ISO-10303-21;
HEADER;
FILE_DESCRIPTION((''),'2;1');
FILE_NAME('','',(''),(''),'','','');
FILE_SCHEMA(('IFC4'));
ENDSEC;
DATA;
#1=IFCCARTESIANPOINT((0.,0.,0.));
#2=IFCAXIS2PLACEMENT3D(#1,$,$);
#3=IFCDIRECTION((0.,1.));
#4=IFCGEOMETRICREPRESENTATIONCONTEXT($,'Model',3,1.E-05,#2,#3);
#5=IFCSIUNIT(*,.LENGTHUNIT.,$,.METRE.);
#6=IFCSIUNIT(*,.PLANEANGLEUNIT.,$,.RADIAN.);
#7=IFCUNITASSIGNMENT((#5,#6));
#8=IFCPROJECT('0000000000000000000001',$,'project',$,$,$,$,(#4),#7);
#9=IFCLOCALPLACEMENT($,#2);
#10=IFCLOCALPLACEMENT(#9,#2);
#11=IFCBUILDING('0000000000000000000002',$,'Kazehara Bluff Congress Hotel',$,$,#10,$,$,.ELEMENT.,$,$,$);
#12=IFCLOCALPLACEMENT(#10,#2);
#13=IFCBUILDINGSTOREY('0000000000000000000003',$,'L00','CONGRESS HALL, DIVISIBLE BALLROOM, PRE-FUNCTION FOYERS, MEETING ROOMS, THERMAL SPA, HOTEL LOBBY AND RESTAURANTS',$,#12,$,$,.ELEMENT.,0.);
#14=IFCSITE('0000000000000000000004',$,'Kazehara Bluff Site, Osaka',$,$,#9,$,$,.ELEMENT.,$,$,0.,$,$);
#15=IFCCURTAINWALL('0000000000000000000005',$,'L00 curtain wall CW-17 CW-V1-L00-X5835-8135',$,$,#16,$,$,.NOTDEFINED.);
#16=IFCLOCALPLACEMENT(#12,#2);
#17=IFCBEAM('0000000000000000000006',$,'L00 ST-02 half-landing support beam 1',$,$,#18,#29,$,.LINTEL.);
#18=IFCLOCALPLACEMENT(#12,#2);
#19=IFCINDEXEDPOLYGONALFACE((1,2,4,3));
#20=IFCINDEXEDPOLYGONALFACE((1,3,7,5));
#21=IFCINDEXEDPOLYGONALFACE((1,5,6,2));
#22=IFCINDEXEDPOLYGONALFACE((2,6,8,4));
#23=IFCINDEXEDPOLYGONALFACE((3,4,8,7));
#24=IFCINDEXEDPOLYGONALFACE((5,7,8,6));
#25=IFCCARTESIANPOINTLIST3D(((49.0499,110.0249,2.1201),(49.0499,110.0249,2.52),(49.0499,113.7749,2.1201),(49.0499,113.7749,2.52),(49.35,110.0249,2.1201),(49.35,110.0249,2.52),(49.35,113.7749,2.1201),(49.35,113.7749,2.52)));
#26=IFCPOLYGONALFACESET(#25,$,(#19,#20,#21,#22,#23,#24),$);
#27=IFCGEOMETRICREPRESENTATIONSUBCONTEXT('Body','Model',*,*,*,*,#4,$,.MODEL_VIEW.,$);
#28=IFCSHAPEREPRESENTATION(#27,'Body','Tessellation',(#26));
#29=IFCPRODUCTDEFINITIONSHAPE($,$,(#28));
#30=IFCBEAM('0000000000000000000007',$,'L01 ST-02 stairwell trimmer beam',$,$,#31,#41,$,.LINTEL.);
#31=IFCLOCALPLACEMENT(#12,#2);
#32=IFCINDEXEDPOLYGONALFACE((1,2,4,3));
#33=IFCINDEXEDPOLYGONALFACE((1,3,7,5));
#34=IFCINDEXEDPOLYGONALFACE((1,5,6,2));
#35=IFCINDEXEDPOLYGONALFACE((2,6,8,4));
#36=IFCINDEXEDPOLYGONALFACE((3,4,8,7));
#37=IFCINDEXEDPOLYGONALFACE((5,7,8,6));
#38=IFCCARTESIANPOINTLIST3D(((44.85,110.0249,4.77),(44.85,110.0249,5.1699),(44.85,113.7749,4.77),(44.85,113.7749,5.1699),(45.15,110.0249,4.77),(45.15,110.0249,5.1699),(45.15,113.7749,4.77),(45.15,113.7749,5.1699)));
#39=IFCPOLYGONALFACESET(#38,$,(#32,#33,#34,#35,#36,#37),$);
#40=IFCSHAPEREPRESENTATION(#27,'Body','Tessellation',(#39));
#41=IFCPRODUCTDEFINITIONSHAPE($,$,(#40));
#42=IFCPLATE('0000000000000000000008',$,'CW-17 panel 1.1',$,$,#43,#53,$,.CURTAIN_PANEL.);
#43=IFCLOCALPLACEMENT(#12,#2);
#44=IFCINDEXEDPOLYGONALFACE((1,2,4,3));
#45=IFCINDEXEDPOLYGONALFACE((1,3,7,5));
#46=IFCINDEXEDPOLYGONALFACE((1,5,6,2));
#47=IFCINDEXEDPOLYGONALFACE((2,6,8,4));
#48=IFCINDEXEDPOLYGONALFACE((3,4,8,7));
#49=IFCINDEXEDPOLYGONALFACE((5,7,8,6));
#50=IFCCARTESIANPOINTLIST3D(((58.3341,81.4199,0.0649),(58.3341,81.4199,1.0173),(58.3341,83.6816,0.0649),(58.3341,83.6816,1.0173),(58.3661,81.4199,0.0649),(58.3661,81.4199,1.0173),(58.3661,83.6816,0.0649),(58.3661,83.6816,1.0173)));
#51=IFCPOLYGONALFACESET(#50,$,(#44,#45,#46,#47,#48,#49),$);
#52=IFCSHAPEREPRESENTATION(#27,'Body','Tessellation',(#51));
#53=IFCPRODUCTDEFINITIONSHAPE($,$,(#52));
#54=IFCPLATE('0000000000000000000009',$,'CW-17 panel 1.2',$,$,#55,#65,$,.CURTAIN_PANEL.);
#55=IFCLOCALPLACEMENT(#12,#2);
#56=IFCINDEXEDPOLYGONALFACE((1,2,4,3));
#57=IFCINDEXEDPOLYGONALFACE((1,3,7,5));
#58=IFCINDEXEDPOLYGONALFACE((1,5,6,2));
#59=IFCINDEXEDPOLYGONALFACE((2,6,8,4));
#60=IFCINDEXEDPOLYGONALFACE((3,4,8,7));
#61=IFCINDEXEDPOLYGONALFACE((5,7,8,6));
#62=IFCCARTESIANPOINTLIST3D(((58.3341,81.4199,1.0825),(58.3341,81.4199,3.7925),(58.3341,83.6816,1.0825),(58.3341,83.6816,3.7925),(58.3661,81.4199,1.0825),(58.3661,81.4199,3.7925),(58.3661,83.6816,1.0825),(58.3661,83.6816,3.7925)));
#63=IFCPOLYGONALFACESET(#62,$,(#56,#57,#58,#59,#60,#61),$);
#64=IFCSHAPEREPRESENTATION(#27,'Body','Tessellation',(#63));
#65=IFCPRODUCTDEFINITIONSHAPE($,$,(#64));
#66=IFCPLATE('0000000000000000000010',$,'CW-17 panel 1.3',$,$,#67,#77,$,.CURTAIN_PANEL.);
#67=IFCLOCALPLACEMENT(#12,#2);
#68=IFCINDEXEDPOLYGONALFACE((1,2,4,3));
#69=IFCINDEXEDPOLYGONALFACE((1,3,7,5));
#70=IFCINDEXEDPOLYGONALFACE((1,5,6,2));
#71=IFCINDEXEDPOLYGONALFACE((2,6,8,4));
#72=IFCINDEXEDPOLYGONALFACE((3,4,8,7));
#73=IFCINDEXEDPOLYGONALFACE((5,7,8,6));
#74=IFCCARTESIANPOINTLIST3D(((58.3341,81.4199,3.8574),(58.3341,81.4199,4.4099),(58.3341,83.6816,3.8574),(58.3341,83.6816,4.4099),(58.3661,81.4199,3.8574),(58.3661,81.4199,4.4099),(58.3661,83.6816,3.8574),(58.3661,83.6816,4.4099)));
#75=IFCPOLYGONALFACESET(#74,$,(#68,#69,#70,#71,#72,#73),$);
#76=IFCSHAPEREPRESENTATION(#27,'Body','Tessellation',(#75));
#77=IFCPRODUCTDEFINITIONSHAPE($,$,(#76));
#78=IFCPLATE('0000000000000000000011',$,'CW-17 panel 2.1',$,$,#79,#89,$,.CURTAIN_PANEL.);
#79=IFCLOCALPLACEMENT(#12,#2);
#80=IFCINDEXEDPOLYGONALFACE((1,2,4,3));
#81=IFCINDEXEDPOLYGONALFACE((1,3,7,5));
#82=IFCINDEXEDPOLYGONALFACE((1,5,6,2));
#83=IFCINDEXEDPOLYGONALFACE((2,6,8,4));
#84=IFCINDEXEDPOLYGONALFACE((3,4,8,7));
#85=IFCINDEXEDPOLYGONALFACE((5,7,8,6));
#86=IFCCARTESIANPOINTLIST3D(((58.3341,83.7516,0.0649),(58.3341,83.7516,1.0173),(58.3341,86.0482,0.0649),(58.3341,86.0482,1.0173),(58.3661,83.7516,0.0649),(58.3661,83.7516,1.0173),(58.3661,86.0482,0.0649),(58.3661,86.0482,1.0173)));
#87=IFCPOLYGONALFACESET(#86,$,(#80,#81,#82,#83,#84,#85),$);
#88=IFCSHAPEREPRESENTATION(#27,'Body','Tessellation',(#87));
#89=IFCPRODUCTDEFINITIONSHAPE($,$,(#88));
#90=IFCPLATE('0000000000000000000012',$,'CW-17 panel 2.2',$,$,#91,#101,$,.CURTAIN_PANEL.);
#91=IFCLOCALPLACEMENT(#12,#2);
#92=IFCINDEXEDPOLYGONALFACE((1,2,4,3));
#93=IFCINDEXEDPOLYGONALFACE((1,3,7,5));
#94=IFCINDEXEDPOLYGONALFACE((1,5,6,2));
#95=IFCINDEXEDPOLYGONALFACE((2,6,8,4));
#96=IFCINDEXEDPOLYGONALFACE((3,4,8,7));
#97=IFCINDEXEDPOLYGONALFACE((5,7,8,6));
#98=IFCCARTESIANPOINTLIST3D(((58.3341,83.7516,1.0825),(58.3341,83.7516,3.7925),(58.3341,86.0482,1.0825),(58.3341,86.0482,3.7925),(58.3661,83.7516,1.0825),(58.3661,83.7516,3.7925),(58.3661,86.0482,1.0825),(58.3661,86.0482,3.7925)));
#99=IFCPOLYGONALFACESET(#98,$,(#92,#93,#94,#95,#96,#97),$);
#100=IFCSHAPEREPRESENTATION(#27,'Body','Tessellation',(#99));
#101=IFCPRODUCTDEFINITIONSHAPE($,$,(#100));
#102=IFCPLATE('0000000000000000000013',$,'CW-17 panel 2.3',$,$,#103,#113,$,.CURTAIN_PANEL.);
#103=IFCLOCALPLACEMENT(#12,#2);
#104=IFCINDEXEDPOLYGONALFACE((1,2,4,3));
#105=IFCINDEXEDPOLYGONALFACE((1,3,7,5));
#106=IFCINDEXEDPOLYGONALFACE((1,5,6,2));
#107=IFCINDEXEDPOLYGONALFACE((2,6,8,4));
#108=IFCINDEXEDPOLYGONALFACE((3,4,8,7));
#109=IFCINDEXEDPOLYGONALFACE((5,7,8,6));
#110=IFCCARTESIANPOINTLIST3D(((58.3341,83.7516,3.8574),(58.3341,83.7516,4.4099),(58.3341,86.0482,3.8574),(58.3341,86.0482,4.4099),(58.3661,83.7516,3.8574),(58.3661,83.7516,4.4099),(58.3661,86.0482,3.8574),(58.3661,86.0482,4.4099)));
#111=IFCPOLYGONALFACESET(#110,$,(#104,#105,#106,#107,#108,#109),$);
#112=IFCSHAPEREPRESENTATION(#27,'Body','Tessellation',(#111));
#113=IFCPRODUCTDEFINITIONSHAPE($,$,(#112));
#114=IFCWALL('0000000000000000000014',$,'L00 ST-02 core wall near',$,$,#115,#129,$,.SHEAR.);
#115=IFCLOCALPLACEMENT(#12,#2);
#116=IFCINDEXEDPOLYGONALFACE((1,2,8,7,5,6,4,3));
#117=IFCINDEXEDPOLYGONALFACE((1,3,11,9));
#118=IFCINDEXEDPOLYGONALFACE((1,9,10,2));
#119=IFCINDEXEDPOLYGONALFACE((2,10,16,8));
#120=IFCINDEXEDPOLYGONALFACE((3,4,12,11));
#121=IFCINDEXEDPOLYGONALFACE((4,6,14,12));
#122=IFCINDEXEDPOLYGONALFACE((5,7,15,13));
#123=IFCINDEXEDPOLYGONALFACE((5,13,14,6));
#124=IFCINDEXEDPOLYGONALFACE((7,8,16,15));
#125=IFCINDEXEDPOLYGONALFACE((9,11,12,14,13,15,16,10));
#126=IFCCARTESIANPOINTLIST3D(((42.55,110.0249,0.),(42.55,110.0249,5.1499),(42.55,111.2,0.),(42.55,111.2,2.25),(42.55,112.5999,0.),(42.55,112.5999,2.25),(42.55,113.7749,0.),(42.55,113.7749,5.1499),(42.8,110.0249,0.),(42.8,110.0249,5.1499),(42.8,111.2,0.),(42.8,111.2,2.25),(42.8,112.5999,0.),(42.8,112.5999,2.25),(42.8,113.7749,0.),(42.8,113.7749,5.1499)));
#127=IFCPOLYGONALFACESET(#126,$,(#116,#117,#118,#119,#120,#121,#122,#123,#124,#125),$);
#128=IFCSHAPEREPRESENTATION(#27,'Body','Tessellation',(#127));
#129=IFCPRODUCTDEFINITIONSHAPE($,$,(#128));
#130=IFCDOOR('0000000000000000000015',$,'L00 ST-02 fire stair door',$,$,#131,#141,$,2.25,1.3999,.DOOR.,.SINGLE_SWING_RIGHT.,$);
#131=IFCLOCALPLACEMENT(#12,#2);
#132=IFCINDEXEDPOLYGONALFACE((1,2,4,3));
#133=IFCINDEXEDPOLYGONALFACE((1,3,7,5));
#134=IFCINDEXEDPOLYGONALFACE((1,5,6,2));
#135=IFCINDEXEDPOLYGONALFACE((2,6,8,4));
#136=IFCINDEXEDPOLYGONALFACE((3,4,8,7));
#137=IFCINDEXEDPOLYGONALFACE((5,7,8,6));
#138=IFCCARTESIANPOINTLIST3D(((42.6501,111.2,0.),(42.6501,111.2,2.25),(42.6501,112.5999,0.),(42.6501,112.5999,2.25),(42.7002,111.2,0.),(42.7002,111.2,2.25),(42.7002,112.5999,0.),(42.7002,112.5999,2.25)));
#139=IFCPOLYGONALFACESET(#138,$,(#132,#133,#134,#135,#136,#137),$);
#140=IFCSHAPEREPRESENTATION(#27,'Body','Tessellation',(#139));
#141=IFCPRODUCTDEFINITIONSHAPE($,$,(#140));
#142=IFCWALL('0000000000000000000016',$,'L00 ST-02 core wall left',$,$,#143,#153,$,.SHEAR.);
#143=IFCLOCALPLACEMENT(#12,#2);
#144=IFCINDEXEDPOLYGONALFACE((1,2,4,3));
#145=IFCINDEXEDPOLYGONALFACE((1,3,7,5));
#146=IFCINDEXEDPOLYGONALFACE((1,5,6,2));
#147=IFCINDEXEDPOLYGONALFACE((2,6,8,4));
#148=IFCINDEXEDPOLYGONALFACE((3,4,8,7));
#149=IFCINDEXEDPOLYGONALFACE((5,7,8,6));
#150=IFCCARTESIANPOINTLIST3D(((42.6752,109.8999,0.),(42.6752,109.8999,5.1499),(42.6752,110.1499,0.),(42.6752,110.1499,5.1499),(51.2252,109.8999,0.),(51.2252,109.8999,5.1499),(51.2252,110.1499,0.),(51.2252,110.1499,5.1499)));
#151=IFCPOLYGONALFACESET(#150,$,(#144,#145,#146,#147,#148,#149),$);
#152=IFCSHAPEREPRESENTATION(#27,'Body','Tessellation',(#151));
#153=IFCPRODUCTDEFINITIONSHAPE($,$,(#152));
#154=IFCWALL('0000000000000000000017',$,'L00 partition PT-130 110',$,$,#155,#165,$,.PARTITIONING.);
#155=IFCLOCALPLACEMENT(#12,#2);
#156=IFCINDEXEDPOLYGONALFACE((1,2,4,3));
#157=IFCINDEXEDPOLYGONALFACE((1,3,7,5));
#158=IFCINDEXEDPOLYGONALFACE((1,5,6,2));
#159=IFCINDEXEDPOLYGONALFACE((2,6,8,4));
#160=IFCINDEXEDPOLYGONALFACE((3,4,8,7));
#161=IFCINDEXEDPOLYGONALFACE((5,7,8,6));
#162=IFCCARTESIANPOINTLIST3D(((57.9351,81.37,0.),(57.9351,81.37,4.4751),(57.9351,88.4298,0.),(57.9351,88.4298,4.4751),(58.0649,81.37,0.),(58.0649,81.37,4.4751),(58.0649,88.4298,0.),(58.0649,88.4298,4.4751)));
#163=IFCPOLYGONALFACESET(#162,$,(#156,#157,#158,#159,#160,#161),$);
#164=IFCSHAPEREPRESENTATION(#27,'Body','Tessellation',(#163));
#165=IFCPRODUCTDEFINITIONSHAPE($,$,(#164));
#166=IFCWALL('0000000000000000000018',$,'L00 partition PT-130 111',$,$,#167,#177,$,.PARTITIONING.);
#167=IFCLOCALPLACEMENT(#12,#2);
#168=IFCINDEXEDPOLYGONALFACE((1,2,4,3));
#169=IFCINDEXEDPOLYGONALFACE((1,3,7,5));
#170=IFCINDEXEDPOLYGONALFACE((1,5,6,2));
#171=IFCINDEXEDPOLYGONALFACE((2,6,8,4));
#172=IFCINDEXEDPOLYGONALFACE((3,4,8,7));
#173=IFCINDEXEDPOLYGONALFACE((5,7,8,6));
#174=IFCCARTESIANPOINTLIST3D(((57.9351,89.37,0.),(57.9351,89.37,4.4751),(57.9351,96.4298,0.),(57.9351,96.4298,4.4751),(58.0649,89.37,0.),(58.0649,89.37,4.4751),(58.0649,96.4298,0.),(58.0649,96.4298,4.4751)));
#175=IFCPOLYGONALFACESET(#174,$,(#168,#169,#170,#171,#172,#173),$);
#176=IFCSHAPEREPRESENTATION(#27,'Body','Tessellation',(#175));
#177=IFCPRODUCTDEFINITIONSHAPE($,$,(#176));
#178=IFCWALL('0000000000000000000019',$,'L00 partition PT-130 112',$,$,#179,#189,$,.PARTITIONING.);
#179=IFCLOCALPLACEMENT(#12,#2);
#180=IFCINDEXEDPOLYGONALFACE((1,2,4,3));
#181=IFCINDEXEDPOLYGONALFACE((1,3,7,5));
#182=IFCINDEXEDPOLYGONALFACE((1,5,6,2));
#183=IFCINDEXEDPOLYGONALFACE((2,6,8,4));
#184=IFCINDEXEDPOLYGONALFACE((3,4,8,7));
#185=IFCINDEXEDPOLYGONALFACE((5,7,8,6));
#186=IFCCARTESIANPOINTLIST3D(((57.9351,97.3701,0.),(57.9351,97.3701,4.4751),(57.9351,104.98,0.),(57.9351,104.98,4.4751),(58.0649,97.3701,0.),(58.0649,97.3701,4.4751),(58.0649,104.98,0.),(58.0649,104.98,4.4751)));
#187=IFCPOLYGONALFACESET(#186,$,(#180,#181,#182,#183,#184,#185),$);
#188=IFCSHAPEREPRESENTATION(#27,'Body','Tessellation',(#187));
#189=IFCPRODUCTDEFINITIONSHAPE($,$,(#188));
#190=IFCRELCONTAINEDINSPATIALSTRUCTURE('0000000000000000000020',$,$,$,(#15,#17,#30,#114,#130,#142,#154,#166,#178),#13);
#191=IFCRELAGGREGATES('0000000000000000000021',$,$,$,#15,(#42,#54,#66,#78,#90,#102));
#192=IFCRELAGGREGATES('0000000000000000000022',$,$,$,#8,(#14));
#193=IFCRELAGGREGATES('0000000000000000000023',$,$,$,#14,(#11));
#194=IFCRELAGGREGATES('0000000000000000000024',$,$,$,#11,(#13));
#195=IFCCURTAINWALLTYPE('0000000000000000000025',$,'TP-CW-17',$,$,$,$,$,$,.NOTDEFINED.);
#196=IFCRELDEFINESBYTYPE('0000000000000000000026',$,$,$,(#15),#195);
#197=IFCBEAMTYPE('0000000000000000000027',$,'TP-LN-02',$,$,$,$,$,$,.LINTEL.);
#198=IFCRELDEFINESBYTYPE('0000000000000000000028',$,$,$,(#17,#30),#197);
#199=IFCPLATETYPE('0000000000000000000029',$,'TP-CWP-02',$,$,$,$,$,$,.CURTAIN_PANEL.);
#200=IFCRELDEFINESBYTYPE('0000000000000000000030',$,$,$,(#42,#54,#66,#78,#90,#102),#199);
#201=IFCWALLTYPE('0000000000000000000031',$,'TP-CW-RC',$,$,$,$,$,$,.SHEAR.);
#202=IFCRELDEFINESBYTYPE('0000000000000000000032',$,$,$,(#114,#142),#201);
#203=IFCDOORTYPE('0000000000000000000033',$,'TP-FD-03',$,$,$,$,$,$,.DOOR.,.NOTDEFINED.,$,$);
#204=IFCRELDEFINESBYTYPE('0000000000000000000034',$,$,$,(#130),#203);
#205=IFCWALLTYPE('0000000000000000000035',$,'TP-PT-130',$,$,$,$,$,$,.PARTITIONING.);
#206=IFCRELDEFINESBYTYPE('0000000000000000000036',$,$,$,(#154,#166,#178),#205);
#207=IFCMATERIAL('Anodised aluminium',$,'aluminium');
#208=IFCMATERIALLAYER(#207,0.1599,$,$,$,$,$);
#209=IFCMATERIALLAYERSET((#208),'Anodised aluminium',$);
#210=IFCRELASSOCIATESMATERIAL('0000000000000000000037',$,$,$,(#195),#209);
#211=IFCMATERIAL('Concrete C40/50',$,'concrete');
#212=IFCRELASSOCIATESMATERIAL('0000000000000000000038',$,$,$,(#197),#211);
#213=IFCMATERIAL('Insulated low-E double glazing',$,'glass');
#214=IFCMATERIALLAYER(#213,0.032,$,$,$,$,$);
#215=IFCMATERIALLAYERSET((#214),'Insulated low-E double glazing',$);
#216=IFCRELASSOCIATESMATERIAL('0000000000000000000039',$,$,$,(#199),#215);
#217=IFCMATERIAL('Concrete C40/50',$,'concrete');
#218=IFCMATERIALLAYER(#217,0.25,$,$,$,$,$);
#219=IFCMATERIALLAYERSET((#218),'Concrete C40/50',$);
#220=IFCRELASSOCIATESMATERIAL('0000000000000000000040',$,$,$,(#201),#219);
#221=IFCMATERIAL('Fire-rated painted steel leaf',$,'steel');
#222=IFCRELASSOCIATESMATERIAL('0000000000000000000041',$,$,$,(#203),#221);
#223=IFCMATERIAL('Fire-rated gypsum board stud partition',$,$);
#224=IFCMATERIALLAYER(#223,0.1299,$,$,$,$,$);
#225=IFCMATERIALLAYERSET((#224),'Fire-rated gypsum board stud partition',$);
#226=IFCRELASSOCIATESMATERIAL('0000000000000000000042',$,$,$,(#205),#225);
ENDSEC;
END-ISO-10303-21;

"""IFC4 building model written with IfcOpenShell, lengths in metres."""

from ifc_helpers import new_model, si_unit, direction, frame, frame_2d, origin, origin_2d, place, context, subcontext, project, spatial, rectangle, extrude, material, layer, layer_set, material_profile, profile_set, type_object, element, fill, aggregate, save


model = new_model("IFC4")

# Units and contexts
model_context = context("Model", 3, precision=1e-05, world=origin(), true_north=direction((0.0, 1.0)))
body_context = subcontext(model_context, "Body", "Model", "MODEL_VIEW")
ifc_project = project(units=[si_unit("LENGTHUNIT", "METRE"), si_unit("PLANEANGLEUNIT", "RADIAN")], contexts=[model_context])

# Site, building, storey
site_placement = place(None, origin())
site = spatial("IfcSite", under=ifc_project, at=site_placement, Name="Kazehara Bluff Site, Osaka", CompositionType="ELEMENT", RefElevation=0.0)
building_placement = place(site_placement, origin())
building = spatial("IfcBuilding", under=site, at=building_placement, Name="Kazehara Bluff Congress Hotel", CompositionType="ELEMENT")
storey_placement = place(building_placement, origin())
storey = spatial("IfcBuildingStorey", under=building, at=storey_placement, Name="L00", Description="CONGRESS HALL, DIVISIBLE BALLROOM, PRE-FUNCTION FOYERS, MEETING ROOMS, THERMAL SPA, HOTEL LOBBY AND RESTAURANTS", CompositionType="ELEMENT", Elevation=0.0)

# Curtain wall
ifc_material_1 = material(Name="Anodised aluminium", Category="aluminium")
ifc_layer_1 = layer(ifc_material_1, 0.1599)
ifc_layer_set_1 = layer_set([ifc_layer_1], Name="Anodised aluminium")
curtain_wall_type = type_object("IfcCurtainWallType", Name="TP-CW-17", PredefinedType="NOTDEFINED", material=ifc_layer_set_1)
curtain_wall_placement = place(storey_placement, origin())
curtain_wall = element("IfcCurtainWall", 1, at=curtain_wall_placement, inside=storey, type_object=curtain_wall_type, Name="L00 curtain wall CW-17 CW-V1-L00-X5835-8135", PredefinedType="NOTDEFINED")

# Beams
ifc_material_2 = material(Name="Concrete C40/50", Category="concrete")
ifc_material_profile_1 = material_profile(ifc_material_2, rectangle(XDim=0.3, YDim=0.3999, at=origin_2d()))
ifc_profile_set_1 = profile_set([ifc_material_profile_1], Name="Concrete C40/50")
beam_type_1 = type_object("IfcBeamType", Name="TP-LN-02", PredefinedType="LINTEL", material=ifc_profile_set_1)
for number, where, z_axis, x_axis, name in (
    (2, (49.2, 110.0249, 2.3201), (0.0, 1.0, 0.0), (-1.0, 0.0, 0.0), "L00 ST-02 half-landing support beam 1"),
    (3, (45.0, 110.0249, 4.97), (0.0, 1.0, 0.0), (-1.0, 0.0, 0.0), "L01 ST-02 stairwell trimmer beam"),
):
    element("IfcBeam", number, at=place(storey_placement, frame(where, z_axis=z_axis, x_axis=x_axis)), inside=storey, type_object=beam_type_1, Name=name, PredefinedType="LINTEL", context=body_context, shape_type="SweptSolid", body=[
        extrude(rectangle(XDim=0.3, YDim=0.3999, at=origin_2d()), origin(), (0.0, 0.0, 1.0), 3.75),
    ])

# Plates
ifc_material_3 = material(Name="Insulated low-E double glazing", Category="glass")
ifc_layer_2 = layer(ifc_material_3, 0.032)
ifc_layer_set_2 = layer_set([ifc_layer_2], Name="Insulated low-E double glazing")
plate_type = type_object("IfcPlateType", Name="TP-CWP-02", PredefinedType="CURTAIN_PANEL", material=ifc_layer_set_2)
plate_1_placement = place(storey_placement, frame((58.3501, 82.5508, 0.0649), z_axis=(0.0, 0.0, 1.0), x_axis=(0.0, 1.0, 0.0)))
plate_1 = element("IfcPlate", 4, at=plate_1_placement, type_object=plate_type, Name="CW-17 panel 1.1", PredefinedType="CURTAIN_PANEL", context=body_context, shape_type="SweptSolid", body=[
    extrude(rectangle(XDim=2.2617, YDim=0.032, at=origin_2d()), origin(), (0.0, 0.0, 1.0), 0.9524),
])
plate_2_placement = place(storey_placement, frame((58.3501, 82.5508, 1.0825), z_axis=(0.0, 0.0, 1.0), x_axis=(0.0, 1.0, 0.0)))
plate_2 = element("IfcPlate", 5, at=plate_2_placement, type_object=plate_type, Name="CW-17 panel 1.2", PredefinedType="CURTAIN_PANEL", context=body_context, shape_type="SweptSolid", body=[
    extrude(rectangle(XDim=2.2617, YDim=0.032, at=origin_2d()), origin(), (0.0, 0.0, 1.0), 2.71),
])
plate_3_placement = place(storey_placement, frame((58.3501, 82.5508, 3.8574), z_axis=(0.0, 0.0, 1.0), x_axis=(0.0, 1.0, 0.0)))
plate_3 = element("IfcPlate", 6, at=plate_3_placement, type_object=plate_type, Name="CW-17 panel 1.3", PredefinedType="CURTAIN_PANEL", context=body_context, shape_type="SweptSolid", body=[
    extrude(rectangle(XDim=2.2617, YDim=0.032, at=origin_2d()), origin(), (0.0, 0.0, 1.0), 0.5525),
])
plate_4_placement = place(storey_placement, frame((58.3501, 84.8999, 0.0649), z_axis=(0.0, 0.0, 1.0), x_axis=(0.0, 1.0, 0.0)))
plate_4 = element("IfcPlate", 7, at=plate_4_placement, type_object=plate_type, Name="CW-17 panel 2.1", PredefinedType="CURTAIN_PANEL", context=body_context, shape_type="SweptSolid", body=[
    extrude(rectangle(XDim=2.2966, YDim=0.032, at=origin_2d()), origin(), (0.0, 0.0, 1.0), 0.9524),
])
plate_5_placement = place(storey_placement, frame((58.3501, 84.8999, 1.0825), z_axis=(0.0, 0.0, 1.0), x_axis=(0.0, 1.0, 0.0)))
plate_5 = element("IfcPlate", 8, at=plate_5_placement, type_object=plate_type, Name="CW-17 panel 2.2", PredefinedType="CURTAIN_PANEL", context=body_context, shape_type="SweptSolid", body=[
    extrude(rectangle(XDim=2.2966, YDim=0.032, at=origin_2d()), origin(), (0.0, 0.0, 1.0), 2.71),
])
plate_6_placement = place(storey_placement, frame((58.3501, 84.8999, 3.8574), z_axis=(0.0, 0.0, 1.0), x_axis=(0.0, 1.0, 0.0)))
plate_6 = element("IfcPlate", 9, at=plate_6_placement, type_object=plate_type, Name="CW-17 panel 2.3", PredefinedType="CURTAIN_PANEL", context=body_context, shape_type="SweptSolid", body=[
    extrude(rectangle(XDim=2.2966, YDim=0.032, at=origin_2d()), origin(), (0.0, 0.0, 1.0), 0.5525),
])
aggregate(curtain_wall, [plate_1, plate_2, plate_3, plate_4, plate_5, plate_6])

# Wall, opening, door
ifc_material_4 = material(Name="Concrete C40/50", Category="concrete")
ifc_layer_3 = layer(ifc_material_4, 0.25)
ifc_layer_set_3 = layer_set([ifc_layer_3], Name="Concrete C40/50")
wall_type_1 = type_object("IfcWallType", Name="TP-CW-RC", PredefinedType="SHEAR", material=ifc_layer_set_3)
wall_1_placement = place(storey_placement, frame((42.675, 110.0249, 0.0), z_axis=(0.0, 0.0, 1.0), x_axis=(0.0, 1.0, 0.0)))
wall_1 = element("IfcWall", 10, at=wall_1_placement, inside=storey, type_object=wall_type_1, Name="L00 ST-02 core wall near", PredefinedType="SHEAR", context=body_context, shape_type="SweptSolid", body=[
    extrude(rectangle(XDim=3.75, YDim=0.25, at=frame_2d((1.875, 0.0))), origin(), (0.0, 0.0, 1.0), 5.1499),
])
opening_placement = place(wall_1_placement, frame((1.175, 0.0, 0.0)))
opening = element("IfcOpeningElement", 11, at=opening_placement, cuts=wall_1, PredefinedType="OPENING", context=body_context, shape_type="SweptSolid", body=[
    extrude(rectangle(XDim=1.3999, YDim=2.25, at=frame_2d((0.7, 1.125))), frame((0.0, 0.135, 0.0), z_axis=(0.0, -1.0, 0.0), x_axis=(1.0, 0.0, 0.0)), (0.0, 0.0, 1.0), 0.27),
])
ifc_material_5 = material(Name="Fire-rated painted steel leaf", Category="steel")
door_type = type_object("IfcDoorType", Name="TP-FD-03", OperationType="NOTDEFINED", PredefinedType="DOOR", material=ifc_material_5)
door_placement = place(opening_placement, origin())
door = element("IfcDoor", 12, at=door_placement, inside=storey, type_object=door_type, Name="L00 ST-02 fire stair door", OperationType="SINGLE_SWING_RIGHT", OverallHeight=2.25, OverallWidth=1.3999, PredefinedType="DOOR", context=body_context, shape_type="SweptSolid", body=[
    extrude(rectangle(XDim=1.3999, YDim=2.25, at=frame_2d((0.7, 1.125))), frame((0.0, 0.0249, 0.0), z_axis=(0.0, -1.0, 0.0), x_axis=(1.0, 0.0, 0.0)), (0.0, 0.0, 1.0), 0.05),
])
fill(opening, door)

# Walls
wall_2_placement = place(storey_placement, frame((51.2251, 110.0249, 0.0), z_axis=(0.0, 0.0, 1.0), x_axis=(-1.0, 0.0, 0.0)))
element("IfcWall", 13, at=wall_2_placement, inside=storey, type_object=wall_type_1, Name="L00 ST-02 core wall left", PredefinedType="SHEAR", context=body_context, shape_type="SweptSolid", body=[
    extrude(rectangle(XDim=8.55, YDim=0.25, at=frame_2d((4.2749, 0.0))), origin(), (0.0, 0.0, 1.0), 5.1499),
])
ifc_material_6 = material(Name="Fire-rated gypsum board stud partition")
ifc_layer_4 = layer(ifc_material_6, 0.1299)
ifc_layer_set_4 = layer_set([ifc_layer_4], Name="Fire-rated gypsum board stud partition")
wall_type_2 = type_object("IfcWallType", Name="TP-PT-130", PredefinedType="PARTITIONING", material=ifc_layer_set_4)
for number, where, z_axis, x_axis, name in (
    (14, (58.0, 81.3701, 0.0), (0.0, 0.0, 1.0), (0.0, 1.0, 0.0), "L00 partition PT-130 110"),
    (15, (58.0, 89.3701, 0.0), (0.0, 0.0, 1.0), (0.0, 1.0, 0.0), "L00 partition PT-130 111"),
):
    element("IfcWall", number, at=place(storey_placement, frame(where, z_axis=z_axis, x_axis=x_axis)), inside=storey, type_object=wall_type_2, Name=name, PredefinedType="PARTITIONING", context=body_context, shape_type="SweptSolid", body=[
        extrude(rectangle(XDim=7.0598, YDim=0.1299, at=frame_2d((3.5298, 0.0))), origin(), (0.0, 0.0, 1.0), 4.4751),
    ])
wall_3_placement = place(storey_placement, frame((58.0, 97.3701, 0.0), z_axis=(0.0, 0.0, 1.0), x_axis=(0.0, 1.0, 0.0)))
element("IfcWall", 16, at=wall_3_placement, inside=storey, type_object=wall_type_2, Name="L00 partition PT-130 112", PredefinedType="PARTITIONING", context=body_context, shape_type="SweptSolid", body=[
    extrude(rectangle(XDim=7.6099, YDim=0.1299, at=frame_2d((3.8049, 0.0))), origin(), (0.0, 0.0, 1.0), 4.4751),
])

save(model, "model.ifc")
